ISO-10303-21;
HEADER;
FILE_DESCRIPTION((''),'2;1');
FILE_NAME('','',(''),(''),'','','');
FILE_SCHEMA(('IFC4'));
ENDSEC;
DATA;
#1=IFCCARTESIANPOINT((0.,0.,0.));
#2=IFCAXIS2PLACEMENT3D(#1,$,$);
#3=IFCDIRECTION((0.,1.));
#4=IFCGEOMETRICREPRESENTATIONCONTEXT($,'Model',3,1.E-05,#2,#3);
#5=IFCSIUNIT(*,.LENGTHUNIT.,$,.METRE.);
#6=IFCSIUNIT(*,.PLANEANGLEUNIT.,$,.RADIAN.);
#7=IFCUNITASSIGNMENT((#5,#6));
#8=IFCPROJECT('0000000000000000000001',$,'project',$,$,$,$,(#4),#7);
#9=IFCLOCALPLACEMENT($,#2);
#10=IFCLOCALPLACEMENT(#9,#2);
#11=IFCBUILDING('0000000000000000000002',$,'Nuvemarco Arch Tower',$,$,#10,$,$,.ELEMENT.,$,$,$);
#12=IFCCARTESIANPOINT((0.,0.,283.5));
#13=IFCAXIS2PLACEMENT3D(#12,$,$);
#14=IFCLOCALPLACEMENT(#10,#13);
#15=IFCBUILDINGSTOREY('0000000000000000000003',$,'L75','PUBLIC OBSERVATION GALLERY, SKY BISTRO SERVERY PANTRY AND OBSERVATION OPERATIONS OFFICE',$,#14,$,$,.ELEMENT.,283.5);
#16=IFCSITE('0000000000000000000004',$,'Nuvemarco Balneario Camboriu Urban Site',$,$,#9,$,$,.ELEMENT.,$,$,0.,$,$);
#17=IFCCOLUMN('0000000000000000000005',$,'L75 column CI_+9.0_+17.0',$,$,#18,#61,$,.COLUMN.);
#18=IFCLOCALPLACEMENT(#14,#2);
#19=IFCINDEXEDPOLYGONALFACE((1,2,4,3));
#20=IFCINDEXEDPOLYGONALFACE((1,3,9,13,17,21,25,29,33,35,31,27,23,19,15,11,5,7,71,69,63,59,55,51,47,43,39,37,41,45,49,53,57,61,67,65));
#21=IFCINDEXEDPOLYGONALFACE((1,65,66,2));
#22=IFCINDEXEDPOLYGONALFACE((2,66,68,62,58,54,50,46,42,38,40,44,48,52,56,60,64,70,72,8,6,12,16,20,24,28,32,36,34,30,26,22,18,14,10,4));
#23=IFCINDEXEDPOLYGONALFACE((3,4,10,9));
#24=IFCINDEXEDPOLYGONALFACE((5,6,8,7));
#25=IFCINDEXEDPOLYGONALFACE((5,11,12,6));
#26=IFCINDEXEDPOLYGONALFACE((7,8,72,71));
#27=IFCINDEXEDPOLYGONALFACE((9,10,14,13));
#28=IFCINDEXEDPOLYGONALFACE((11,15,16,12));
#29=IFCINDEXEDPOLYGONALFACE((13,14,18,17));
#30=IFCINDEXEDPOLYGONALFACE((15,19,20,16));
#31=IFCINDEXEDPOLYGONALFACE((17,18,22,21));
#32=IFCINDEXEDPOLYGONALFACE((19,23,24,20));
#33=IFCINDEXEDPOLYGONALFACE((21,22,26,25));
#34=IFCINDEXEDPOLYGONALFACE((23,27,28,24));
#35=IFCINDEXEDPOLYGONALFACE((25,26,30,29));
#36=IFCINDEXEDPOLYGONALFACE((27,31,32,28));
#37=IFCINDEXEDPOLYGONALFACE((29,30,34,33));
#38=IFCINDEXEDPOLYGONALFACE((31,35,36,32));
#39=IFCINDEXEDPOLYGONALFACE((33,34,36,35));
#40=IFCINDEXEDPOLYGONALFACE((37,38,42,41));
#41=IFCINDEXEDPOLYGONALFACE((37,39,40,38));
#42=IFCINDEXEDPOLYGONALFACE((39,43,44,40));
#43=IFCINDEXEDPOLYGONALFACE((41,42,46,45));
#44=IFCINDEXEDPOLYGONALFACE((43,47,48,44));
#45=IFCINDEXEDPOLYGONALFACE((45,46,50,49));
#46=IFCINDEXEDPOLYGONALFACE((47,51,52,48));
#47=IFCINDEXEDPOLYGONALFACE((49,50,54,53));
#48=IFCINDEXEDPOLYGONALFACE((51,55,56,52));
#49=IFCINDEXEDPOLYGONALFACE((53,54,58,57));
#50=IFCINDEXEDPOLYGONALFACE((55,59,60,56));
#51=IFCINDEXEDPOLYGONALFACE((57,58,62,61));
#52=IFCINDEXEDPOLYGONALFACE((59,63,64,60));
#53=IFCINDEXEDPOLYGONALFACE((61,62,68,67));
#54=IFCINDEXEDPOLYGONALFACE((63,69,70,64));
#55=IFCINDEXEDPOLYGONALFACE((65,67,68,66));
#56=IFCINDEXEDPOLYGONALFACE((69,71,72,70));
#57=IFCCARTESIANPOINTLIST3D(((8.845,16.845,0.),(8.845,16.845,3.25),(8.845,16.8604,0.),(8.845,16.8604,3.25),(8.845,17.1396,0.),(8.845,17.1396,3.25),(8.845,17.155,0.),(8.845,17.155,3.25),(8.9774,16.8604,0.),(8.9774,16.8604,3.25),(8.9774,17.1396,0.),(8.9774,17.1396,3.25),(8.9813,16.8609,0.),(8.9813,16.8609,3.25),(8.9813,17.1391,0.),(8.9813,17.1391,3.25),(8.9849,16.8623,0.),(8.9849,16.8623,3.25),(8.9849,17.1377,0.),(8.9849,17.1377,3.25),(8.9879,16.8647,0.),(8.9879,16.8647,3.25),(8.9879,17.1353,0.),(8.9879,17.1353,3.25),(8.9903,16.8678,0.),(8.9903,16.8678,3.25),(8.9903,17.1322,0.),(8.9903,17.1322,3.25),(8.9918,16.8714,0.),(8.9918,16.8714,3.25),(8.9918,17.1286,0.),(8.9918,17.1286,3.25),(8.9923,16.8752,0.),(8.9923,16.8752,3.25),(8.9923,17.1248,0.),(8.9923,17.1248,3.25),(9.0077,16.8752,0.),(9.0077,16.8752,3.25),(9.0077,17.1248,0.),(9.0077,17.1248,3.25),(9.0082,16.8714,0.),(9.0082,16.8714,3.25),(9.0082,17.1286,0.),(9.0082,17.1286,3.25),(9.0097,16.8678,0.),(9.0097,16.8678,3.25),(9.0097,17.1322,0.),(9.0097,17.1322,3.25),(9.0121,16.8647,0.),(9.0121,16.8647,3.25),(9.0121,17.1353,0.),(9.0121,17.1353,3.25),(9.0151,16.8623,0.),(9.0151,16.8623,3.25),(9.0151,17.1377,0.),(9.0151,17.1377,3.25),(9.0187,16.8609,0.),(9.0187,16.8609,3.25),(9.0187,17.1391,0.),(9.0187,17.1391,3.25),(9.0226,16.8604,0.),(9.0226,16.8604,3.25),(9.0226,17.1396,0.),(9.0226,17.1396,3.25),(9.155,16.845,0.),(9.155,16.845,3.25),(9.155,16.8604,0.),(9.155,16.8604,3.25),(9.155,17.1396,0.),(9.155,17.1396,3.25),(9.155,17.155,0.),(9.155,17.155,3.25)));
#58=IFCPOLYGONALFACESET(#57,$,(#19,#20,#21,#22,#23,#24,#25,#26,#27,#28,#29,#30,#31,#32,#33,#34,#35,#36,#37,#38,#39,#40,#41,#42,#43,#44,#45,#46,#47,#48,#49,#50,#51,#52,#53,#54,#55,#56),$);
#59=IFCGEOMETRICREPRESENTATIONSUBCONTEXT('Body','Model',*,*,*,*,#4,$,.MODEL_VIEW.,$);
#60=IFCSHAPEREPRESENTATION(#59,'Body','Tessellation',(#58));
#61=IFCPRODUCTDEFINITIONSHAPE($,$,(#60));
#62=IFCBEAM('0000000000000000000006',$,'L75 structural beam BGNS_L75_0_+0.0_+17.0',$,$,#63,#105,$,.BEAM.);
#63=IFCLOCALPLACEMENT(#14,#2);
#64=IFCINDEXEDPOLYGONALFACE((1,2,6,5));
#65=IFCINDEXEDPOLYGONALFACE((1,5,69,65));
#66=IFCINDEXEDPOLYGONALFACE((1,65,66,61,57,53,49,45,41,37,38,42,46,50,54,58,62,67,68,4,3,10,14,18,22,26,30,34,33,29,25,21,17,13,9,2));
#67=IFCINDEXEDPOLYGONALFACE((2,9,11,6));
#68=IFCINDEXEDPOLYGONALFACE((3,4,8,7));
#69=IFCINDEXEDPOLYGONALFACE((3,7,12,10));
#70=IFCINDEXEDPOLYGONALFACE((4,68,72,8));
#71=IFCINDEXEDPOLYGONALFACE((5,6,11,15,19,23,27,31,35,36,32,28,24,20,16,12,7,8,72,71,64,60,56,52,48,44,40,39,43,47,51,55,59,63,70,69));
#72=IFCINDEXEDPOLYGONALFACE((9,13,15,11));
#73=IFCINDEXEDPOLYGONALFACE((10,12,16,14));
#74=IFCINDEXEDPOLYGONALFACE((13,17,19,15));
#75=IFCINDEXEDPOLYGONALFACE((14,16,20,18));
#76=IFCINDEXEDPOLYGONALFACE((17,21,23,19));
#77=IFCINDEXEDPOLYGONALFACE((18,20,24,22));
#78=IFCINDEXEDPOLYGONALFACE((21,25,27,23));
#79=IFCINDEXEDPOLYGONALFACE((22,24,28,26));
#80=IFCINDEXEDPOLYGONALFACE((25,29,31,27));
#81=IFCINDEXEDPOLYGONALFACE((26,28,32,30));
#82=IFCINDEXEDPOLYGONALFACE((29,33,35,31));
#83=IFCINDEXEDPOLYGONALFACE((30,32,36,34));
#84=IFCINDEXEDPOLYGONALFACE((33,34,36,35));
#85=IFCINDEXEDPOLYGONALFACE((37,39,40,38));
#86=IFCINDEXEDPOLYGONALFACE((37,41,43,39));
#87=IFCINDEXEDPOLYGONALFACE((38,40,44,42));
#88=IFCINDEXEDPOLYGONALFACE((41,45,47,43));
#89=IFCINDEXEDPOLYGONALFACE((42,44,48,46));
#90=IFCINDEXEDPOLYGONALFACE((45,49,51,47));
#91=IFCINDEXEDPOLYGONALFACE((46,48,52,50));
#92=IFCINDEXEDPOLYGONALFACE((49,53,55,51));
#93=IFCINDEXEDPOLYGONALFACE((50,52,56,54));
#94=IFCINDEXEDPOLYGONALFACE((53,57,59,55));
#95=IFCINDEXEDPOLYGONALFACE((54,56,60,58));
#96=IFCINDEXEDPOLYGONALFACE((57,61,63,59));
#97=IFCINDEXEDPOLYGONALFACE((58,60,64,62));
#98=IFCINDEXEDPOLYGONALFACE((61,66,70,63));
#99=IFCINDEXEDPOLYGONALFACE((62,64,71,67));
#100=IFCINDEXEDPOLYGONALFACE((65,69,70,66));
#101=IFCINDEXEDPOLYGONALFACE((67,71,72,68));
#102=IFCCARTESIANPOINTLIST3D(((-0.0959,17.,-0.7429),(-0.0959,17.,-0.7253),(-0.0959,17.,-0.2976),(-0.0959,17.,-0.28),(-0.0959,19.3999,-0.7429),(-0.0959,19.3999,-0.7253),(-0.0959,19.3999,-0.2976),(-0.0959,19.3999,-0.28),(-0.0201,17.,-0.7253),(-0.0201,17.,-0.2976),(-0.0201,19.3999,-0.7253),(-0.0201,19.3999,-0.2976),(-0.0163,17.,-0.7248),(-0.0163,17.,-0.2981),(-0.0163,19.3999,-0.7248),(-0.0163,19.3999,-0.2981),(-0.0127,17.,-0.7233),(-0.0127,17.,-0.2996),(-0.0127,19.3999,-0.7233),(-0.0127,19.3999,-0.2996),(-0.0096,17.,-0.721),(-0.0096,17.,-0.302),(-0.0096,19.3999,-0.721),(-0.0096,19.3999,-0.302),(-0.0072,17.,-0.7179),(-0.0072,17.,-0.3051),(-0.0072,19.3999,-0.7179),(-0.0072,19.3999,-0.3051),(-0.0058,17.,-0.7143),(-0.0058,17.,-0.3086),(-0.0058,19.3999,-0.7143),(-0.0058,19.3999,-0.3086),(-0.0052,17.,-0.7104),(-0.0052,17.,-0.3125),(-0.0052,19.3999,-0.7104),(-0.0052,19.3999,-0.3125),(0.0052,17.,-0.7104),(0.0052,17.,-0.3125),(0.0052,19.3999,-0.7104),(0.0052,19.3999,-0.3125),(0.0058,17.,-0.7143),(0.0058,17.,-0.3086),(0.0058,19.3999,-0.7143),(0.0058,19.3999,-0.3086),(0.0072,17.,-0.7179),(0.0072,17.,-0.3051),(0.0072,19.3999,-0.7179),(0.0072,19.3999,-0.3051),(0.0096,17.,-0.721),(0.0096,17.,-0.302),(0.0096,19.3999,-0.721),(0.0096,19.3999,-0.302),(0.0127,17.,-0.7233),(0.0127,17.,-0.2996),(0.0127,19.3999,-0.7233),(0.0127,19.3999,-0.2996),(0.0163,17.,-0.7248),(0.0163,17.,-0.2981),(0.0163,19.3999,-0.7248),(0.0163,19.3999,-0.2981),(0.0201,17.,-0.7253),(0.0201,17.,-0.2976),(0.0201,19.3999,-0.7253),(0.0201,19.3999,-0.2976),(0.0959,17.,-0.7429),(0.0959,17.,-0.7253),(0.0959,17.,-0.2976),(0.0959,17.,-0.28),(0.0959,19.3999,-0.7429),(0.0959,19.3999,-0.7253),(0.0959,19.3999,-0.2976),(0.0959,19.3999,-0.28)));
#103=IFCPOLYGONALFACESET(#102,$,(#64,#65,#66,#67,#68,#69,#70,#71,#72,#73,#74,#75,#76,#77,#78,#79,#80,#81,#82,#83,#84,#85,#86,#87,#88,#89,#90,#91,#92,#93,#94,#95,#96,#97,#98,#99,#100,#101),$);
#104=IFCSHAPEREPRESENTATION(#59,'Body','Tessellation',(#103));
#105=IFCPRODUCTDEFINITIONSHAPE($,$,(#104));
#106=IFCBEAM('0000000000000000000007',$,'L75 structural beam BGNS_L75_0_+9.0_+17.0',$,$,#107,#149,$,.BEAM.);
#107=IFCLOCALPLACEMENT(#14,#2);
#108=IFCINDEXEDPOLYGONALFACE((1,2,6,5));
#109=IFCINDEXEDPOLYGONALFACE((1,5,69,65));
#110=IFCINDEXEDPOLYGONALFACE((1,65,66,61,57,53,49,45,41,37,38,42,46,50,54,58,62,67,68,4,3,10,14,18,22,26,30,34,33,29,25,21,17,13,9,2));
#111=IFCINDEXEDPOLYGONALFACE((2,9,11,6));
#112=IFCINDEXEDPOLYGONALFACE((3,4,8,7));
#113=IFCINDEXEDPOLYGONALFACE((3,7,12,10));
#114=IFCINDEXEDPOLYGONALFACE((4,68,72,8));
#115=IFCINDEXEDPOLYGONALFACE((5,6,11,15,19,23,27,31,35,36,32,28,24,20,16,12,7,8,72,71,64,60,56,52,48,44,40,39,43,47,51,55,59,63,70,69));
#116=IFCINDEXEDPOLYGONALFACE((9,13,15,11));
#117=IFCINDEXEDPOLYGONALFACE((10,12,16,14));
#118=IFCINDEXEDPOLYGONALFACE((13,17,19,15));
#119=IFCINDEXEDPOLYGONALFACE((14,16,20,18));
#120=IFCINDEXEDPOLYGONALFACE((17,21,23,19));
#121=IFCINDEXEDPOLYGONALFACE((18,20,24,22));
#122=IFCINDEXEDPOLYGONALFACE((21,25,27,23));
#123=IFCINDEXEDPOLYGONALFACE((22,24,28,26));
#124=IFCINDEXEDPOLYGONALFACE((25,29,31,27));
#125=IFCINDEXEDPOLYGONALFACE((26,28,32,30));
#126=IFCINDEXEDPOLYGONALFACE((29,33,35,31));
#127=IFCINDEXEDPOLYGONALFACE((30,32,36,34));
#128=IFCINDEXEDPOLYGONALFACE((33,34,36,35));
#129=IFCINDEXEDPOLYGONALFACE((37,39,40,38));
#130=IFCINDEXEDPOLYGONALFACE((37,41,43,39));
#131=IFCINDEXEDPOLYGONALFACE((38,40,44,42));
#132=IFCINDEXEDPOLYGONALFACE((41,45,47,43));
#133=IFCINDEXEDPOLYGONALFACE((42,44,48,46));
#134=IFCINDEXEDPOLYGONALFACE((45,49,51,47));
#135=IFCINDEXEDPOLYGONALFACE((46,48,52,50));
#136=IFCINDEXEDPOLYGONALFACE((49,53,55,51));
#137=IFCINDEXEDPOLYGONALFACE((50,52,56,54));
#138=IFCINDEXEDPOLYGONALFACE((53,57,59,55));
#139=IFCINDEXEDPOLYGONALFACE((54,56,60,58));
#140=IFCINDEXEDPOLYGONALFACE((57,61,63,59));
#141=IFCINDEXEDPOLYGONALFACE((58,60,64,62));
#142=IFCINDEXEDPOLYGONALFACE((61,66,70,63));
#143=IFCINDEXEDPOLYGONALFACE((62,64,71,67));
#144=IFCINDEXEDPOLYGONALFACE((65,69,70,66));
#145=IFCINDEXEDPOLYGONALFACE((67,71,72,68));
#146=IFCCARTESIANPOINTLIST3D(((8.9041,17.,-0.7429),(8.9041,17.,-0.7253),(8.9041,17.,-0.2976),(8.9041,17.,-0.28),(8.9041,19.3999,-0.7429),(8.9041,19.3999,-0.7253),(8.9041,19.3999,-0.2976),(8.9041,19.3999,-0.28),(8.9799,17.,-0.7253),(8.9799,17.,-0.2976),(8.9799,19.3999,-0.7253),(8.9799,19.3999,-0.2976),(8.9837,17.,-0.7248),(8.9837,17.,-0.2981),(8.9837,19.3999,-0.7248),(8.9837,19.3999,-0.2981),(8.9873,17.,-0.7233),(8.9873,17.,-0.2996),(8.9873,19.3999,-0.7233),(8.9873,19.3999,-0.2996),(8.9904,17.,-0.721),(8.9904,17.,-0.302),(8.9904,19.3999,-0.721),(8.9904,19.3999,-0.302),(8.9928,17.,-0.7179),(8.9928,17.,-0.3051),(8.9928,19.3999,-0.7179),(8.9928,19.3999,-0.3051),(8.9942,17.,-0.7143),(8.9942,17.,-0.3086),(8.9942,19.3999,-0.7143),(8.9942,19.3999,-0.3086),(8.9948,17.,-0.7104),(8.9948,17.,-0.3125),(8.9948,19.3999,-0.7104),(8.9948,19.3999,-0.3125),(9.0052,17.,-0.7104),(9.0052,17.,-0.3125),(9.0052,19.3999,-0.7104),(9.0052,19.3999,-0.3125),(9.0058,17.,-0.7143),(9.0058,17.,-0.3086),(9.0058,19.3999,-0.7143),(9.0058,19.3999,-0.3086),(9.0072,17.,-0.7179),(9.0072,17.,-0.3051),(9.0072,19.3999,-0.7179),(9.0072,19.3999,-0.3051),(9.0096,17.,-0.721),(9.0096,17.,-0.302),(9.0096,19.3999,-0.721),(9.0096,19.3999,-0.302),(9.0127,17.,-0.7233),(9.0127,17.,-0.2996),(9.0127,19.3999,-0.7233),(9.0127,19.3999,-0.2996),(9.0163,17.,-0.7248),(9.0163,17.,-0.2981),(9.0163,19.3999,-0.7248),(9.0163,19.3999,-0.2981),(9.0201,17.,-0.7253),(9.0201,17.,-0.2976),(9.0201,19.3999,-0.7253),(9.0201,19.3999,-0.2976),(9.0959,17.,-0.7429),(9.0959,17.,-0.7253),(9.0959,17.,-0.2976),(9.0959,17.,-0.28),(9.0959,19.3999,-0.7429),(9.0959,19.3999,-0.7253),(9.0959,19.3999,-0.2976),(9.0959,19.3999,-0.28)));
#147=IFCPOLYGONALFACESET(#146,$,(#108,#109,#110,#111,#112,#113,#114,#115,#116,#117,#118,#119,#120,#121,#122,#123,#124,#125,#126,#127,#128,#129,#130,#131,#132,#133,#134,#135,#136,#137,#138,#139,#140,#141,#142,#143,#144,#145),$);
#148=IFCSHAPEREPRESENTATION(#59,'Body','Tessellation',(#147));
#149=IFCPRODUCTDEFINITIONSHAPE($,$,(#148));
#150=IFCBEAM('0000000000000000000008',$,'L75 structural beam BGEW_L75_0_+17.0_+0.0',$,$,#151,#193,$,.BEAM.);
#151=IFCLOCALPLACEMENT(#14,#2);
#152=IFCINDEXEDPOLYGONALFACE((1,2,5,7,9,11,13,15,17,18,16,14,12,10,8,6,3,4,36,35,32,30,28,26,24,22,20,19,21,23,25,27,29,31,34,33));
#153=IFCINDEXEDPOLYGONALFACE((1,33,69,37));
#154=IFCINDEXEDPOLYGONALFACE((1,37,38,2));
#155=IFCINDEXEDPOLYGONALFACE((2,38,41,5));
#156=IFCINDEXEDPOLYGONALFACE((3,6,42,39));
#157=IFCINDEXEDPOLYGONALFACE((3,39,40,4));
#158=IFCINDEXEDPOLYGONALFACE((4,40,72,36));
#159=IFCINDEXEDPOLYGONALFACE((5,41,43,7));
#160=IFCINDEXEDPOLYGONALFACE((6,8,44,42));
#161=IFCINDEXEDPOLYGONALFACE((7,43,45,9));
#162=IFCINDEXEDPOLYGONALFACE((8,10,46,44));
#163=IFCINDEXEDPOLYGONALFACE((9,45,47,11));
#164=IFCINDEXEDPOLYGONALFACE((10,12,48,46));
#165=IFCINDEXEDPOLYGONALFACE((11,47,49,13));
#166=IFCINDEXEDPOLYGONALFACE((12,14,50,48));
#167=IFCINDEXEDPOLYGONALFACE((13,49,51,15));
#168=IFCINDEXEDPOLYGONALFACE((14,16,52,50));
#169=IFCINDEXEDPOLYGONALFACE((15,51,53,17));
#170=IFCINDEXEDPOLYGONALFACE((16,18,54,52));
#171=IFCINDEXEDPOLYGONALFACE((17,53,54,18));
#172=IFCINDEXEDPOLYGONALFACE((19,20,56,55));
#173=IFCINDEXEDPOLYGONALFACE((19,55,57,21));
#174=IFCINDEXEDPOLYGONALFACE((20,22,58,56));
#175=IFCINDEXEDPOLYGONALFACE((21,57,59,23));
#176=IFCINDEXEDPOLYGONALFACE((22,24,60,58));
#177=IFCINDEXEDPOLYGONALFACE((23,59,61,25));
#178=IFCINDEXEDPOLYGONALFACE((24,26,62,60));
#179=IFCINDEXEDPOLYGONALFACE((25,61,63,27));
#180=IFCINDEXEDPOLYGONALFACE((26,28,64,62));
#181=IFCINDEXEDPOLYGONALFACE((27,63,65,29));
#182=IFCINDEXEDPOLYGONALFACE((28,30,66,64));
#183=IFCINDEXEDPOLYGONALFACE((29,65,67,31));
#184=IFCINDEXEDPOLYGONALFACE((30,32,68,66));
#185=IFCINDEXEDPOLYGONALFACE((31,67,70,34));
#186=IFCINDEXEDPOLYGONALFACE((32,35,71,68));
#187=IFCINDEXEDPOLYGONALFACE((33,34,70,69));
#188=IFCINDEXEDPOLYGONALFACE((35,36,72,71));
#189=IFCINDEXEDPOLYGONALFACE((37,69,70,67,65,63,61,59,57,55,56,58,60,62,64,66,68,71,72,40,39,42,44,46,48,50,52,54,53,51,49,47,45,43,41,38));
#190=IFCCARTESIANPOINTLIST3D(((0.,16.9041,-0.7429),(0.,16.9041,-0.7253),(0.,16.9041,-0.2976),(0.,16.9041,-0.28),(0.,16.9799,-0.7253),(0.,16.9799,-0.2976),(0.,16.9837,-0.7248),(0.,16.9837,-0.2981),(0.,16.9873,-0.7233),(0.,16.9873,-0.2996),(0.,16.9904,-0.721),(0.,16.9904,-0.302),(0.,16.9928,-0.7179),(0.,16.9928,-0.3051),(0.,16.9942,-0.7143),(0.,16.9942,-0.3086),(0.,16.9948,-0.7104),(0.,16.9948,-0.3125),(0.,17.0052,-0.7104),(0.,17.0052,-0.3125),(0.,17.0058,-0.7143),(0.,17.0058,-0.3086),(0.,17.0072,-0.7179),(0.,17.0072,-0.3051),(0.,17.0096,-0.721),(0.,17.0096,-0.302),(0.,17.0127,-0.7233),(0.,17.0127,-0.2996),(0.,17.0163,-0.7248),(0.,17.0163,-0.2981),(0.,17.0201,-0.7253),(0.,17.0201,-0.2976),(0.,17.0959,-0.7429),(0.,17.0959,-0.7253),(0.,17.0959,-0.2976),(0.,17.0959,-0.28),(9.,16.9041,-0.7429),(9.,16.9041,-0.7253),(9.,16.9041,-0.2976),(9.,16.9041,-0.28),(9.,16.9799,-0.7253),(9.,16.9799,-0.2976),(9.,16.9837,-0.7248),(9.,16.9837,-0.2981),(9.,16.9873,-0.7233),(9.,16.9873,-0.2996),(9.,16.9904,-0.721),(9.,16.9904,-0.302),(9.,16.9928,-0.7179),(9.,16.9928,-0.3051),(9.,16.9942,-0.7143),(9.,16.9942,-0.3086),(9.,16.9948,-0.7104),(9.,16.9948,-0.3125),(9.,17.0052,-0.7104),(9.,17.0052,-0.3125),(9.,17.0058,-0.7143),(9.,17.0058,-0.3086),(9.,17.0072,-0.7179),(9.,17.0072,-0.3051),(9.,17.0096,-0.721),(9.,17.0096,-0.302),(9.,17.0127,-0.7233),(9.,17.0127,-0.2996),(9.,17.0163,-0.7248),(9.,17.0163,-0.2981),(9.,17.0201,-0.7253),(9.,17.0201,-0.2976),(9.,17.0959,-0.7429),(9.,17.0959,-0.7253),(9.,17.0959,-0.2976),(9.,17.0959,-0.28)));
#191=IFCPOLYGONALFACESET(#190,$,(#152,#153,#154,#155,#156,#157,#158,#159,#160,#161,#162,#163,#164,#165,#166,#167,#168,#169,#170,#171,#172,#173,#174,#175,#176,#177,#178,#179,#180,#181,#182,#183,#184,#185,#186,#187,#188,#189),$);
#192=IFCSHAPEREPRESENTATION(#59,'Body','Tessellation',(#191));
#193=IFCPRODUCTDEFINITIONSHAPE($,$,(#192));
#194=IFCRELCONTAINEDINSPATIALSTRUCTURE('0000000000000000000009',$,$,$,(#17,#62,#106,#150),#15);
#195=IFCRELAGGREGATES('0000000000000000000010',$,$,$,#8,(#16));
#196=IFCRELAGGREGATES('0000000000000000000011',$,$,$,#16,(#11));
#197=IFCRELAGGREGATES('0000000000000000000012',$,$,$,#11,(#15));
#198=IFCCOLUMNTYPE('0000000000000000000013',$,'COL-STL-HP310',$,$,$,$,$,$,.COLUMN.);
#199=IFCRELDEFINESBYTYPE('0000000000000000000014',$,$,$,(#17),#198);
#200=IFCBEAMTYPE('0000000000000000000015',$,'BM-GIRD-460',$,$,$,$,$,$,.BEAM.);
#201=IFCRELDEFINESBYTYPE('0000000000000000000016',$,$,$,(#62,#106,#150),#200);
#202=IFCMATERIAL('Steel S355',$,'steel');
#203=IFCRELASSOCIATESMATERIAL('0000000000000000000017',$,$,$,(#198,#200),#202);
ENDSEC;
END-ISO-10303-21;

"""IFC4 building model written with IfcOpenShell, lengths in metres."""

from ifc_helpers import new_model, si_unit, direction, frame, origin, origin_2d, place, context, subcontext, project, spatial, i_section, extrude, material, material_profile, profile_set, type_object, element, save


model = new_model("IFC4")

# Units and contexts
model_context = context("Model", 3, precision=1e-05, world=origin(), true_north=direction((0.0, 1.0)))
body_context = subcontext(model_context, "Body", "Model", "MODEL_VIEW")
ifc_project = project(units=[si_unit("LENGTHUNIT", "METRE"), si_unit("PLANEANGLEUNIT", "RADIAN")], contexts=[model_context])

# Site, building, storey
site_placement = place(None, origin())
site = spatial("IfcSite", under=ifc_project, at=site_placement, Name="Nuvemarco Balneario Camboriu Urban Site", CompositionType="ELEMENT", RefElevation=0.0)
building_placement = place(site_placement, origin())
building = spatial("IfcBuilding", under=site, at=building_placement, Name="Nuvemarco Arch Tower", CompositionType="ELEMENT")
storey_placement = place(building_placement, frame((0.0, 0.0, 283.5)))
storey = spatial("IfcBuildingStorey", under=building, at=storey_placement, Name="L75", Description="PUBLIC OBSERVATION GALLERY, SKY BISTRO SERVERY PANTRY AND OBSERVATION OPERATIONS OFFICE", CompositionType="ELEMENT", Elevation=283.5)

# Column
ifc_material_1 = material(Name="Steel S355", Category="steel")
ifc_material_profile_1 = material_profile(ifc_material_1, i_section(OverallWidth=0.3101, OverallDepth=0.3101, WebThickness=0.0154, FlangeThickness=0.0154, FilletRadius=0.0149, at=origin_2d()), Name="HP310x110")
ifc_profile_set_1 = profile_set([ifc_material_profile_1], Name="Steel S355")
column_type_1 = type_object("IfcColumnType", Name="COL-STL-HP310", PredefinedType="COLUMN", material=ifc_profile_set_1)
for number, where, z_axis, x_axis, name in (
    (1, (9.0, 17.0, 0.0), (0.0, 0.0, 1.0), (1.0, 0.0, 0.0), "L75 column CI_+9.0_+17.0"),
):
    element("IfcColumn", number, at=place(storey_placement, frame(where, z_axis=z_axis, x_axis=x_axis)), inside=storey, type_object=column_type_1, Name=name, PredefinedType="COLUMN", context=body_context, shape_type="SweptSolid", body=[
        extrude(i_section(OverallWidth=0.3101, OverallDepth=0.3101, WebThickness=0.0154, FlangeThickness=0.0154, FilletRadius=0.0149, at=origin_2d()), origin(), (0.0, 0.0, 1.0), 3.25),
    ])

# Beams
ifc_material_profile_2 = material_profile(ifc_material_1, i_section(OverallWidth=0.1919, OverallDepth=0.4629, WebThickness=0.0105, FlangeThickness=0.0176, FilletRadius=0.0149, at=origin_2d()), Name="W460x89")
ifc_profile_set_2 = profile_set([ifc_material_profile_2], Name="Steel S355")
beam_type_1 = type_object("IfcBeamType", Name="BM-GIRD-460", PredefinedType="BEAM", material=ifc_profile_set_2)
for number, where, z_axis, x_axis, name in (
    (2, (0.0, 17.0, -0.5115), (0.0, 1.0, 0.0), (-1.0, 0.0, 0.0), "L75 structural beam BGNS_L75_0_+0.0_+17.0"),
    (3, (9.0, 17.0, -0.5115), (0.0, 1.0, 0.0), (-1.0, 0.0, 0.0), "L75 structural beam BGNS_L75_0_+9.0_+17.0"),
):
    element("IfcBeam", number, at=place(storey_placement, frame(where, z_axis=z_axis, x_axis=x_axis)), inside=storey, type_object=beam_type_1, Name=name, PredefinedType="BEAM", context=body_context, shape_type="SweptSolid", body=[
        extrude(i_section(OverallWidth=0.1919, OverallDepth=0.4629, WebThickness=0.0105, FlangeThickness=0.0176, FilletRadius=0.0149, at=origin_2d()), origin(), (0.0, 0.0, 1.0), 2.3999),
    ])
beam_1_placement = place(storey_placement, frame((0.0, 17.0, -0.5115), z_axis=(1.0, 0.0, 0.0), x_axis=(0.0, 1.0, 0.0)))
element("IfcBeam", 4, at=beam_1_placement, inside=storey, type_object=beam_type_1, Name="L75 structural beam BGEW_L75_0_+17.0_+0.0", PredefinedType="BEAM", context=body_context, shape_type="SweptSolid", body=[
    extrude(i_section(OverallWidth=0.1919, OverallDepth=0.4629, WebThickness=0.0105, FlangeThickness=0.0176, FilletRadius=0.0149, at=origin_2d()), origin(), (0.0, 0.0, 1.0), 9.0),
])

save(model, "model.ifc")
